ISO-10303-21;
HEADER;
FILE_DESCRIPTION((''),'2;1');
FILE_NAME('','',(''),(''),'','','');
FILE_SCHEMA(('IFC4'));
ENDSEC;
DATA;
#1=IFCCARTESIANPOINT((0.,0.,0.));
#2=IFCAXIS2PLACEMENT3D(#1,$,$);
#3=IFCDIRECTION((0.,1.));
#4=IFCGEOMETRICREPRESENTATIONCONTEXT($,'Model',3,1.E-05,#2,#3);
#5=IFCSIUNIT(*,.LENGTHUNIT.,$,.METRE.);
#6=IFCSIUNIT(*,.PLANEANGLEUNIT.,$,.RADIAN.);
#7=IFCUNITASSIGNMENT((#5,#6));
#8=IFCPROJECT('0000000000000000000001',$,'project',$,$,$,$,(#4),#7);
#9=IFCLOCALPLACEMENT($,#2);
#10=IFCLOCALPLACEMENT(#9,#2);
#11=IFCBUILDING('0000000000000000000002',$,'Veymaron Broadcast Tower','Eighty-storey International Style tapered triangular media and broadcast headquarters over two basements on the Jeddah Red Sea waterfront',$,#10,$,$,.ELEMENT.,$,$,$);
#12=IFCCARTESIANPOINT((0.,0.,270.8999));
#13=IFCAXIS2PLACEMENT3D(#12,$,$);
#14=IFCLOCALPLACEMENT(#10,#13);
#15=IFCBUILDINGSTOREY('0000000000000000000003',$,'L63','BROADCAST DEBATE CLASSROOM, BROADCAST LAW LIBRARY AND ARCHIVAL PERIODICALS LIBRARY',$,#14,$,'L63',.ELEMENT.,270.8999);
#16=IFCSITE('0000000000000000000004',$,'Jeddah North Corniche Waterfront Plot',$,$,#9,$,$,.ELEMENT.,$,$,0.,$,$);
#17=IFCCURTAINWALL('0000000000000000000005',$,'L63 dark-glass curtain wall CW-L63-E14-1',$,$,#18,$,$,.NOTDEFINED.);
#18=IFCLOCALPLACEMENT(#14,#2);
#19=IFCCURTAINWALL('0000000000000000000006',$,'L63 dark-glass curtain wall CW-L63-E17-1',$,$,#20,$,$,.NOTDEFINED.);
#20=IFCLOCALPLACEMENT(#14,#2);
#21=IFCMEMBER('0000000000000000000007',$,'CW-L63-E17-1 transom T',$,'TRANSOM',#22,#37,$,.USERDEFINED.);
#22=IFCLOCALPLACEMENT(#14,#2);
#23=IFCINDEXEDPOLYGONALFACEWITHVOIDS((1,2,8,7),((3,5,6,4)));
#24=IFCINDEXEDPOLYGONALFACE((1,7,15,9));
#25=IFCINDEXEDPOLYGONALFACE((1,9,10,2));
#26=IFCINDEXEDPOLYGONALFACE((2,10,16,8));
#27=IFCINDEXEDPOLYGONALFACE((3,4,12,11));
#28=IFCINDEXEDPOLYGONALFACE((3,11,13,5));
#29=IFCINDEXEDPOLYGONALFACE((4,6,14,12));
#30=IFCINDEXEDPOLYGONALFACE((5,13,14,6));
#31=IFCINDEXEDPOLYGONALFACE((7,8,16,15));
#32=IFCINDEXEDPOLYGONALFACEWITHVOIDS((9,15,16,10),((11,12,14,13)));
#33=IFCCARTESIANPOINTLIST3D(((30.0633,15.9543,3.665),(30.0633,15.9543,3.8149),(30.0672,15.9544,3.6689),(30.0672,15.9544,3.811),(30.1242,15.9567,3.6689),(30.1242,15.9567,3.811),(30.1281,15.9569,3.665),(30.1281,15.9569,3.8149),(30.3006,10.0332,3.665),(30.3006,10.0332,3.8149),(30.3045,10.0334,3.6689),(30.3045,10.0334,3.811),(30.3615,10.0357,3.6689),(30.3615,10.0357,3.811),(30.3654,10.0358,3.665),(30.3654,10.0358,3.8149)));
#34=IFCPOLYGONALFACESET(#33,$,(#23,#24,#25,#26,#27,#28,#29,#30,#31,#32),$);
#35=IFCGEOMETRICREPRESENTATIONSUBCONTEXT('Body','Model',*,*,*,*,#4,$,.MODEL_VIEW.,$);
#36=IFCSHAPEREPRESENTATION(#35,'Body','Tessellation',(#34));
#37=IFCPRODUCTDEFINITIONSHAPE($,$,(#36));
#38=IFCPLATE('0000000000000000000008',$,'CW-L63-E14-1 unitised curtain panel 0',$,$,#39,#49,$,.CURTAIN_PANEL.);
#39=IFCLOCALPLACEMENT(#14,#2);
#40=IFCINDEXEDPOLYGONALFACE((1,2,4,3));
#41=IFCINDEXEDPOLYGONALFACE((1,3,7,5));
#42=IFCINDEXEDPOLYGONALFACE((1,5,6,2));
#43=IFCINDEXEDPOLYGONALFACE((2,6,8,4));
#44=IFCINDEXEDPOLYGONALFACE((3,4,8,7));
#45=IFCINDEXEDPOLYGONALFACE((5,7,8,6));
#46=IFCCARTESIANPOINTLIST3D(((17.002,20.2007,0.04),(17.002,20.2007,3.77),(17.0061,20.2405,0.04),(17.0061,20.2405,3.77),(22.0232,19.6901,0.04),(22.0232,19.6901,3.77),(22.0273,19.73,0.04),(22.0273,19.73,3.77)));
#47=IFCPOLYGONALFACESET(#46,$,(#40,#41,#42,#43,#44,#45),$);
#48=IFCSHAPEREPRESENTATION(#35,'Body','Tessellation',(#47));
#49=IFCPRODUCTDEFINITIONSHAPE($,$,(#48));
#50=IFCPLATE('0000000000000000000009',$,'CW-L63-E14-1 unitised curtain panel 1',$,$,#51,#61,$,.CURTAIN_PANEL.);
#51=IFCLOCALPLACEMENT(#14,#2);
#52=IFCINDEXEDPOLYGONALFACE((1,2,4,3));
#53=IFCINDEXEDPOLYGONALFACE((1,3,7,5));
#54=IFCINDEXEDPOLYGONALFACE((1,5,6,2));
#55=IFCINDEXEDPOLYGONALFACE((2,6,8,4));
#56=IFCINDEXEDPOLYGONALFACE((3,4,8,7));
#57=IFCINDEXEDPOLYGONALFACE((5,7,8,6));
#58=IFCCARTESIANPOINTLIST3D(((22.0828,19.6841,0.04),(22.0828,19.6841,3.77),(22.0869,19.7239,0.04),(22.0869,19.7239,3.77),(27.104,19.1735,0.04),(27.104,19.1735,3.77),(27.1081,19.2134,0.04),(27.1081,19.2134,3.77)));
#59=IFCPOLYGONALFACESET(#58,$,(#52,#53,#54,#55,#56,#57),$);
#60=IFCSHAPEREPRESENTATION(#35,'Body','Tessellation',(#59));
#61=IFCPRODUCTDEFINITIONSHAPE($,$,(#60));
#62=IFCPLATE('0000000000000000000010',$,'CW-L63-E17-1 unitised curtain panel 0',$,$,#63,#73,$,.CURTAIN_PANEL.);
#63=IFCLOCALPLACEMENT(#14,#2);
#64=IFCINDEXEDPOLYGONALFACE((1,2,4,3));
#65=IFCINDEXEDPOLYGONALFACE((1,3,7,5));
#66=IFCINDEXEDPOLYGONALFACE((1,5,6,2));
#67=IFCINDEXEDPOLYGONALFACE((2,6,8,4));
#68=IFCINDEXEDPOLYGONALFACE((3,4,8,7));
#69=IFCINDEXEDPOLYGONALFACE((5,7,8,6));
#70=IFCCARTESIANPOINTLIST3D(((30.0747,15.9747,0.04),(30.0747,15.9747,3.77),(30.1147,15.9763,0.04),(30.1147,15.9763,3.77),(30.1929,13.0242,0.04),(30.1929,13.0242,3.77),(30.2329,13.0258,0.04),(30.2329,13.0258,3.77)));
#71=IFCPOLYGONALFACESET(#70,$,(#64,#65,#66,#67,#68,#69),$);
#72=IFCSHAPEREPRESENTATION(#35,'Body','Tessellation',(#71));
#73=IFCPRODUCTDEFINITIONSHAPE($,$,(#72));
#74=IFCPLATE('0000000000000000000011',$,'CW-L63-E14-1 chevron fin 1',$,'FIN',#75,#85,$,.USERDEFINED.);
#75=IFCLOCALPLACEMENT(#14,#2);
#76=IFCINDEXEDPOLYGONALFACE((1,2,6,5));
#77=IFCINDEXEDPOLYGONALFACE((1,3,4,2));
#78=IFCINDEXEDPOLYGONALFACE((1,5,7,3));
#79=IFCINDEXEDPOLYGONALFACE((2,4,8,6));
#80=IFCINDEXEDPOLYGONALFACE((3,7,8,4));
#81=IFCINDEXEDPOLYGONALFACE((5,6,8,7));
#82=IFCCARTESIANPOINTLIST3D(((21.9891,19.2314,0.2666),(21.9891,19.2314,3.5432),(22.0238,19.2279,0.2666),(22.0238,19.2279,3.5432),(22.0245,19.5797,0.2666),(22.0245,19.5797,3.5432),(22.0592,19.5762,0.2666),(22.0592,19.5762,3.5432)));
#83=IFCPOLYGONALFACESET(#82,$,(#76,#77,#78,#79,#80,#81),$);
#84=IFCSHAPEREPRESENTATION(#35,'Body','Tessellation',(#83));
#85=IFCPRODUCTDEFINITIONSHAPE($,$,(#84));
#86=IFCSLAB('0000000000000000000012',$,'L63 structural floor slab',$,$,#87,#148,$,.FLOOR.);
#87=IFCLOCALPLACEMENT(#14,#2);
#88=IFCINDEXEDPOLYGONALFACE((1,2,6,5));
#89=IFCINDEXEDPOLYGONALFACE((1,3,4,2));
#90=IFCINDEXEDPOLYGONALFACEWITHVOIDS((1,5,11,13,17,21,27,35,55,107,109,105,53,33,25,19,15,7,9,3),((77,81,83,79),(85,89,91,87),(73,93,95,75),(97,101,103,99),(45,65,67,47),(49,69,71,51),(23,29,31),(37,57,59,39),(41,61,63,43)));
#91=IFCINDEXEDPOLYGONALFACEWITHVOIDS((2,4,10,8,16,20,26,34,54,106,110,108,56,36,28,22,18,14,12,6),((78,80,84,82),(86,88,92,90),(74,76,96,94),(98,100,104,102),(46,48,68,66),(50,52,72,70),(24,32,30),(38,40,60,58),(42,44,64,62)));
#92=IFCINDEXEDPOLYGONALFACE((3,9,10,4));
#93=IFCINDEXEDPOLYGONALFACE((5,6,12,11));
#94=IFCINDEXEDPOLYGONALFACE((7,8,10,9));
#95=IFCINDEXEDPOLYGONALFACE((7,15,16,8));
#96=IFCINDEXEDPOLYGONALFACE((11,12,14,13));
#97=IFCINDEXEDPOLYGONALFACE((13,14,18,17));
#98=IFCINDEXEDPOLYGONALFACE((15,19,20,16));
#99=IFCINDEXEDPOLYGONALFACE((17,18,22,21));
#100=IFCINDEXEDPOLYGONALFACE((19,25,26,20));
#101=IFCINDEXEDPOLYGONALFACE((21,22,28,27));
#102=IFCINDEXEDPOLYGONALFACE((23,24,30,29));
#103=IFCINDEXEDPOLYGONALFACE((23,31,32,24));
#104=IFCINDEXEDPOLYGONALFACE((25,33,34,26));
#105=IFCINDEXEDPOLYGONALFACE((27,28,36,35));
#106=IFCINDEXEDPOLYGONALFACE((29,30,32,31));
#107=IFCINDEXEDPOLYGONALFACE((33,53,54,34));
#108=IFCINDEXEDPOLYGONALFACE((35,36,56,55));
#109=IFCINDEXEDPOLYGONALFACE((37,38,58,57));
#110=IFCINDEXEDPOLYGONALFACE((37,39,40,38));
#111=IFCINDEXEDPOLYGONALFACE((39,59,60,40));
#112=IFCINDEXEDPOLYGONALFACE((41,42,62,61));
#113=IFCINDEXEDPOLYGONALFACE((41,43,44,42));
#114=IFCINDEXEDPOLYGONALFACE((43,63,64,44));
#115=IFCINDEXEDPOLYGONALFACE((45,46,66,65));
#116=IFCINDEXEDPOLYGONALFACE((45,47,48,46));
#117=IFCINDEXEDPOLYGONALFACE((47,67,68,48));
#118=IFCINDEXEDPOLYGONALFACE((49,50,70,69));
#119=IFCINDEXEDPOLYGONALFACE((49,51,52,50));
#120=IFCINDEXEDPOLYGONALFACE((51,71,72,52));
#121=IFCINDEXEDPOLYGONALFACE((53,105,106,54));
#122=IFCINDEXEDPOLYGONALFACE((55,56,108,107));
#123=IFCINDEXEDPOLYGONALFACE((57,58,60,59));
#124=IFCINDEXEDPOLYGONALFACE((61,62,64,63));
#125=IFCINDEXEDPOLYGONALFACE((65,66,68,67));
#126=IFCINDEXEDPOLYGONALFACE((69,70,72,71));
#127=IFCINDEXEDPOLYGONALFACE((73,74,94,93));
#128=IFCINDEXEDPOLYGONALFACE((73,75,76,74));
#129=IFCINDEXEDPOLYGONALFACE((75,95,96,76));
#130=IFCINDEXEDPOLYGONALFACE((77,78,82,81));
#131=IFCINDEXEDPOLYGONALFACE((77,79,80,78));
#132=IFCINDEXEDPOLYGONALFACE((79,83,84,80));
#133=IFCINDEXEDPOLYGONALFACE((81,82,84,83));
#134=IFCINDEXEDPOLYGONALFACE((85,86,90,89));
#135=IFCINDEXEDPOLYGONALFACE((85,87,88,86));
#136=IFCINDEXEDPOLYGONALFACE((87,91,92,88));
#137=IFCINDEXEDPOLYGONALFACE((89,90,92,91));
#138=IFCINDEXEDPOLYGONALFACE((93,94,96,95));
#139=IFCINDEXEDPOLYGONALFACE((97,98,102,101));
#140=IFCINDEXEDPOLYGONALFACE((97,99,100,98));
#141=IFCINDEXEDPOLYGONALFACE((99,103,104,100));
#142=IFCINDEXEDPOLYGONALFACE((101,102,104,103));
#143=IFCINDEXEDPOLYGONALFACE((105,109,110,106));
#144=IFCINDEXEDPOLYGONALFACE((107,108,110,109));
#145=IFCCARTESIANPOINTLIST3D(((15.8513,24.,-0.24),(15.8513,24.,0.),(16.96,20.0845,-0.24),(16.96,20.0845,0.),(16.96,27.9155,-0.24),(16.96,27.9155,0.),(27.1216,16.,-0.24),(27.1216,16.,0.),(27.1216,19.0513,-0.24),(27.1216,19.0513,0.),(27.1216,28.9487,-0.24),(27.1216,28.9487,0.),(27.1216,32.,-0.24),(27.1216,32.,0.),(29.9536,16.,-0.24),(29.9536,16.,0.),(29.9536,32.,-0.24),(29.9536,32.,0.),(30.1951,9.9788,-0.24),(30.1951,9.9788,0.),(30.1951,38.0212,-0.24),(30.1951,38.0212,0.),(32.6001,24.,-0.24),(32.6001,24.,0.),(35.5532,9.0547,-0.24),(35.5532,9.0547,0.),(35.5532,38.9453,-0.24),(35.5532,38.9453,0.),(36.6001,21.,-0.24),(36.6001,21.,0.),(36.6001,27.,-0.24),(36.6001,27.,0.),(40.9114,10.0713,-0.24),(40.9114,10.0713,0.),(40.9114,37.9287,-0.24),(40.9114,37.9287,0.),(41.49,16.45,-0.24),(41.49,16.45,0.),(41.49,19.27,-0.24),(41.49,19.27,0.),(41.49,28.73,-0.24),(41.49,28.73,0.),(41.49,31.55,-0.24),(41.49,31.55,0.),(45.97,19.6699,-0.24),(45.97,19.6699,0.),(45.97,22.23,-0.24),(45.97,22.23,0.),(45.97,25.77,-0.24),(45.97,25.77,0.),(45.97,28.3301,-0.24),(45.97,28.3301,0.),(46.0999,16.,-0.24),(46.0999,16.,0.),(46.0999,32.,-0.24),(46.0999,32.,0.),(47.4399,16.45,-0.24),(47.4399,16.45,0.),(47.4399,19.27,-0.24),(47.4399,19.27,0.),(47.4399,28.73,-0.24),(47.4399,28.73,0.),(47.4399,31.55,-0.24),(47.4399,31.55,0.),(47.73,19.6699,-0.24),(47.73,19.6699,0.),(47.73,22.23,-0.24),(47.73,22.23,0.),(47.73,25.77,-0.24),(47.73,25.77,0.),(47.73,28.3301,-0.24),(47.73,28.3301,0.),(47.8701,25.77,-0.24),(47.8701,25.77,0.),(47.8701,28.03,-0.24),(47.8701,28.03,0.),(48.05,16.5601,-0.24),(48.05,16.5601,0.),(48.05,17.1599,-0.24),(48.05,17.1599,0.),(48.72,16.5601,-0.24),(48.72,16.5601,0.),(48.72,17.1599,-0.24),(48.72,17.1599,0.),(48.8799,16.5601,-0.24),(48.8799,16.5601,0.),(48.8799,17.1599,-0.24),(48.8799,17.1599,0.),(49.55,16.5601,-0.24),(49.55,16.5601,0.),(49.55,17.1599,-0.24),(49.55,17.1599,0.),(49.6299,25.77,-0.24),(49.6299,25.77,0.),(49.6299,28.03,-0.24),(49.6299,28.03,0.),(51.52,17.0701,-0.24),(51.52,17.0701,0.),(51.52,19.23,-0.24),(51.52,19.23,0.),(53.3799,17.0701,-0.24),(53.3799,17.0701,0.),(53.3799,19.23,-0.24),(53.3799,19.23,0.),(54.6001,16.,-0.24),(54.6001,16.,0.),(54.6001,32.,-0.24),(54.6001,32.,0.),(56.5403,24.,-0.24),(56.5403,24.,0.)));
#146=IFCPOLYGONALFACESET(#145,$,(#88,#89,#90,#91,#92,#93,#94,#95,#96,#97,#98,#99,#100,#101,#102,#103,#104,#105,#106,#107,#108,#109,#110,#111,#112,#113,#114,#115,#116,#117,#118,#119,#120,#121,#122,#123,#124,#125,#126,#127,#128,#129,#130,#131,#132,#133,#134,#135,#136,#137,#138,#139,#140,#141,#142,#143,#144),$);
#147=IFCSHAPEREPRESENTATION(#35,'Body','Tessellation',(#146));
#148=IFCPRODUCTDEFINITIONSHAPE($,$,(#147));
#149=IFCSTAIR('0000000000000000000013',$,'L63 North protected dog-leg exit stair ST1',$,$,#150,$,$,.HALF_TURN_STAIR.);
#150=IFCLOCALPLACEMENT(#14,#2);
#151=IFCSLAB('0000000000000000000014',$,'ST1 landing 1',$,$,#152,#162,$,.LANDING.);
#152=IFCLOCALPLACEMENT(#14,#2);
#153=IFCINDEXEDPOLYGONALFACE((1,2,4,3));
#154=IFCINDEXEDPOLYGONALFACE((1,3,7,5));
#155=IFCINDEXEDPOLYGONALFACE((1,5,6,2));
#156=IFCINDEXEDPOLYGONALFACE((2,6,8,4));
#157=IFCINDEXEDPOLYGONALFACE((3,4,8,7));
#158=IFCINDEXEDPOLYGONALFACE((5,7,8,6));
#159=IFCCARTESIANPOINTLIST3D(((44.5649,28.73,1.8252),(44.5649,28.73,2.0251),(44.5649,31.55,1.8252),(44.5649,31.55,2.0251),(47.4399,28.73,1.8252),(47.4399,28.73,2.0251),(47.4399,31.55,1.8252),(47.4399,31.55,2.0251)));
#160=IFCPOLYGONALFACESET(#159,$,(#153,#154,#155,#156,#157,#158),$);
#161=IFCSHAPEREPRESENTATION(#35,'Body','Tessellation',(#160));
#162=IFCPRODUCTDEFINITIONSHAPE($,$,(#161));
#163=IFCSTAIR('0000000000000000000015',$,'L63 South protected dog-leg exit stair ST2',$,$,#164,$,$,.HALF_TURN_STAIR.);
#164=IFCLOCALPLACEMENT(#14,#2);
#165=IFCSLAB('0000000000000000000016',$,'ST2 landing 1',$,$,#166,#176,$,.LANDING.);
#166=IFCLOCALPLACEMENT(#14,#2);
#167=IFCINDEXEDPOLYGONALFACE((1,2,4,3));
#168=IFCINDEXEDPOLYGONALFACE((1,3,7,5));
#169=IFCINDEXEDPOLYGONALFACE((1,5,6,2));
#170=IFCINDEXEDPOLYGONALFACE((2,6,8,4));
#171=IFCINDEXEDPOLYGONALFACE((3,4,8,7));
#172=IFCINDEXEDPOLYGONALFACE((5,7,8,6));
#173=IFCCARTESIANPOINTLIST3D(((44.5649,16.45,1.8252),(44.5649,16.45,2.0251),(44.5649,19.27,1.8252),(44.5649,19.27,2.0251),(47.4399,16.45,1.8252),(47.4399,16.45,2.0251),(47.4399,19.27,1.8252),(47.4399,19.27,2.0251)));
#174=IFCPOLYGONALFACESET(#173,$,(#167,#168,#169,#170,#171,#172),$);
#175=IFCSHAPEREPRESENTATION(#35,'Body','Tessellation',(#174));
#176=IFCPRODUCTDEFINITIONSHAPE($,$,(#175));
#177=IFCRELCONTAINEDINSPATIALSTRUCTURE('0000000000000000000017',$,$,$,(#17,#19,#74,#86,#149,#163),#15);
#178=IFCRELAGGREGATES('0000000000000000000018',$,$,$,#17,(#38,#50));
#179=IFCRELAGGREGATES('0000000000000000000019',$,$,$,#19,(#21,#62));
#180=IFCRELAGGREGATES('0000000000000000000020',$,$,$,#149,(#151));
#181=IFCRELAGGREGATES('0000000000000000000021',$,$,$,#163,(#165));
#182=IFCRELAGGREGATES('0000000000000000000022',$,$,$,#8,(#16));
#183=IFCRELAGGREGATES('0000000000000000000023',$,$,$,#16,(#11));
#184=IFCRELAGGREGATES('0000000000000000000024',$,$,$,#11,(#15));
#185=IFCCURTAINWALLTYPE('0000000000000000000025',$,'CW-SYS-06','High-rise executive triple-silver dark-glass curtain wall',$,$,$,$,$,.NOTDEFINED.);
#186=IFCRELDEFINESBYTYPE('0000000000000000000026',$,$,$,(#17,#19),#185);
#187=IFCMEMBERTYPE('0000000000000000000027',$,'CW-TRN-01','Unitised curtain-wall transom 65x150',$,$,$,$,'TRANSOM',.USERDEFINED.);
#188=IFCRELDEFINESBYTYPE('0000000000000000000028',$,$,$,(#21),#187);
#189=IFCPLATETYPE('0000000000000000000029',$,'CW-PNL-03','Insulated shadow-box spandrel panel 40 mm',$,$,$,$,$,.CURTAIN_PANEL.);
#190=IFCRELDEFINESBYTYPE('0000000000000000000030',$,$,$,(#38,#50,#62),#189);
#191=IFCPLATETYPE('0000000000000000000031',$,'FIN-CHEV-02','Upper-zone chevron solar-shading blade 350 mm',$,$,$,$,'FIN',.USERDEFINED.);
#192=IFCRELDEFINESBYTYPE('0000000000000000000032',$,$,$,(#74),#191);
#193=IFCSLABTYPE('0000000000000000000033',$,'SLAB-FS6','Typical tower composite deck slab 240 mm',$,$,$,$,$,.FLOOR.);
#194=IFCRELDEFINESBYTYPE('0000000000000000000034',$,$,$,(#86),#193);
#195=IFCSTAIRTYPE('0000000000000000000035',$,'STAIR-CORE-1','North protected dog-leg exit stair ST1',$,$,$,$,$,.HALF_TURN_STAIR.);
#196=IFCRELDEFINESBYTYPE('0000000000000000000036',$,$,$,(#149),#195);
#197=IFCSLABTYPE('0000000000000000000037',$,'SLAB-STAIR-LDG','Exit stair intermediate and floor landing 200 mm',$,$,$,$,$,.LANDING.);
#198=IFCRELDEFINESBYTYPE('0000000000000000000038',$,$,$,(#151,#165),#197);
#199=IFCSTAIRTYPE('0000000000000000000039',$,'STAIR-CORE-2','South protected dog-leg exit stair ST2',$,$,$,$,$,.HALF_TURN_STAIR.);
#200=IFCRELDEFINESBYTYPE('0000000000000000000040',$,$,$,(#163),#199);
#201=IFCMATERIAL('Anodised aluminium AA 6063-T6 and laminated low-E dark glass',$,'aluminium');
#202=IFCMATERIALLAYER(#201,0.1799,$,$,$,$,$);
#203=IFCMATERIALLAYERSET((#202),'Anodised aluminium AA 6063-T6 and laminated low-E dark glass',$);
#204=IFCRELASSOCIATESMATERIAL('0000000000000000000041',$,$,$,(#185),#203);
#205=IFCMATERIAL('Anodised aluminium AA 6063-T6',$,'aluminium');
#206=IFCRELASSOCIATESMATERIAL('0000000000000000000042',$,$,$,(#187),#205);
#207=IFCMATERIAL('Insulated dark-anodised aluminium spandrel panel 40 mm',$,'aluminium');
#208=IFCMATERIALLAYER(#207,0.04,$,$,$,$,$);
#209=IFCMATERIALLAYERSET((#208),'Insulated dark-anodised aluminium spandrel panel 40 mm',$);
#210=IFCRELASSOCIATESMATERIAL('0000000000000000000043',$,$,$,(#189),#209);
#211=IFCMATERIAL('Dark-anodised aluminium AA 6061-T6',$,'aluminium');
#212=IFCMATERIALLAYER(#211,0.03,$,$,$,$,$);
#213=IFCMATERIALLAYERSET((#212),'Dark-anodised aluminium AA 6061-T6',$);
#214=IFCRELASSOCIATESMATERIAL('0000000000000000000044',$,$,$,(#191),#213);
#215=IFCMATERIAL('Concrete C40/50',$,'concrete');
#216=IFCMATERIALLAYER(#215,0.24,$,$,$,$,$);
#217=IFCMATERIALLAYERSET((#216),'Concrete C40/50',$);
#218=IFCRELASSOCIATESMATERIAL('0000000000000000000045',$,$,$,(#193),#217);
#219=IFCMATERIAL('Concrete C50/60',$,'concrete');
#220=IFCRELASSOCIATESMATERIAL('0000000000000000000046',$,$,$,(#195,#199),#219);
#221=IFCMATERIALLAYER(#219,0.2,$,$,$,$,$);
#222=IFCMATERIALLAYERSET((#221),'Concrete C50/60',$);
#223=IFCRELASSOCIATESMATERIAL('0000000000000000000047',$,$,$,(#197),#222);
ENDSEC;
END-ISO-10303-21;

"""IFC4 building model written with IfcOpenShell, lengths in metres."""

from ifc_helpers import new_model, si_unit, direction, frame, origin, origin_2d, place, context, subcontext, project, spatial, polyline, rectangle, hollow_rectangle, outline, extrude, material, layer, layer_set, material_profile, profile_set, type_object, element, aggregate, save


model = new_model("IFC4")

# Units and contexts
model_context = context("Model", 3, precision=1e-05, world=origin(), true_north=direction((0.0, 1.0)))
body_context = subcontext(model_context, "Body", "Model", "MODEL_VIEW")
ifc_project = project(units=[si_unit("LENGTHUNIT", "METRE"), si_unit("PLANEANGLEUNIT", "RADIAN")], contexts=[model_context])

# Site, building, storey
site_placement = place(None, origin())
site = spatial("IfcSite", under=ifc_project, at=site_placement, Name="Jeddah North Corniche Waterfront Plot", CompositionType="ELEMENT", RefElevation=0.0)
building_placement = place(site_placement, origin())
building = spatial("IfcBuilding", under=site, at=building_placement, Name="Veymaron Broadcast Tower", Description="Eighty-storey International Style tapered triangular media and broadcast headquarters over two basements on the Jeddah Red Sea waterfront", CompositionType="ELEMENT")
storey_placement = place(building_placement, frame((0.0, 0.0, 270.8999)))
storey = spatial("IfcBuildingStorey", under=building, at=storey_placement, Name="L63", Description="BROADCAST DEBATE CLASSROOM, BROADCAST LAW LIBRARY AND ARCHIVAL PERIODICALS LIBRARY", LongName="L63", CompositionType="ELEMENT", Elevation=270.8999)

# Curtain walls
ifc_material_1 = material(Name="Anodised aluminium AA 6063-T6 and laminated low-E dark glass", Category="aluminium")
ifc_layer_1 = layer(ifc_material_1, 0.1799)
ifc_layer_set_1 = layer_set([ifc_layer_1], Name="Anodised aluminium AA 6063-T6 and laminated low-E dark glass")
curtain_wall_type = type_object("IfcCurtainWallType", Name="CW-SYS-06", Description="High-rise executive triple-silver dark-glass curtain wall", PredefinedType="NOTDEFINED", material=ifc_layer_set_1)
curtain_wall_1_placement = place(storey_placement, origin())
curtain_wall_1 = element("IfcCurtainWall", 1, at=curtain_wall_1_placement, inside=storey, type_object=curtain_wall_type, Name="L63 dark-glass curtain wall CW-L63-E14-1", PredefinedType="NOTDEFINED")
ifc_material_2 = material(Name="Anodised aluminium AA 6063-T6", Category="aluminium")
curtain_wall_2_placement = place(storey_placement, origin())
curtain_wall_2 = element("IfcCurtainWall", 2, at=curtain_wall_2_placement, inside=storey, type_object=curtain_wall_type, Name="L63 dark-glass curtain wall CW-L63-E17-1", PredefinedType="NOTDEFINED")

# Member
ifc_material_profile_1 = material_profile(ifc_material_2, hollow_rectangle(XDim=0.0649, YDim=0.1499, WallThickness=0.0039, at=origin_2d()), Name="AL150X65X4")
ifc_profile_set_1 = profile_set([ifc_material_profile_1], Name="Anodised aluminium AA 6063-T6")
member_type_1 = type_object("IfcMemberType", Name="CW-TRN-01", Description="Unitised curtain-wall transom 65x150", ElementType="TRANSOM", PredefinedType="USERDEFINED", material=ifc_profile_set_1)
member_1_placement = place(storey_placement, frame((30.0957, 15.9556, 3.74), z_axis=(0.040045, -0.999198, 0.0), x_axis=(0.999198, 0.040045, 0.0)))
member_1 = element("IfcMember", 3, at=member_1_placement, type_object=member_type_1, Name="CW-L63-E17-1 transom T", ObjectType="TRANSOM", PredefinedType="USERDEFINED", context=body_context, shape_type="SweptSolid", body=[
    extrude(hollow_rectangle(XDim=0.0649, YDim=0.1499, WallThickness=0.0039, at=origin_2d()), origin(), (0.0, 0.0, 1.0), 5.9258),
])

# Plates
ifc_material_3 = material(Name="Insulated dark-anodised aluminium spandrel panel 40 mm", Category="aluminium")
ifc_layer_2 = layer(ifc_material_3, 0.04)
ifc_layer_set_2 = layer_set([ifc_layer_2], Name="Insulated dark-anodised aluminium spandrel panel 40 mm")
plate_type_1 = type_object("IfcPlateType", Name="CW-PNL-03", Description="Insulated shadow-box spandrel panel 40 mm", PredefinedType="CURTAIN_PANEL", material=ifc_layer_set_2)
plate_1_placement = place(storey_placement, frame((19.5146, 19.9653, 0.04), z_axis=(0.0, 0.0, 1.0), x_axis=(0.99487, -0.10116, 0.0)))
plate_1 = element("IfcPlate", 4, at=plate_1_placement, type_object=plate_type_1, Name="CW-L63-E14-1 unitised curtain panel 0", PredefinedType="CURTAIN_PANEL", context=body_context, shape_type="SweptSolid", body=[
    extrude(rectangle(XDim=5.0471, YDim=0.04, at=origin_2d()), origin(), (0.0, 0.0, 1.0), 3.73),
])
plate_2_placement = place(storey_placement, frame((24.5955, 19.4487, 0.04), z_axis=(0.0, 0.0, 1.0), x_axis=(0.99487, -0.10116, 0.0)))
plate_2 = element("IfcPlate", 5, at=plate_2_placement, type_object=plate_type_1, Name="CW-L63-E14-1 unitised curtain panel 1", PredefinedType="CURTAIN_PANEL", context=body_context, shape_type="SweptSolid", body=[
    extrude(rectangle(XDim=5.0471, YDim=0.04, at=origin_2d()), origin(), (0.0, 0.0, 1.0), 3.73),
])
aggregate(curtain_wall_1, [plate_1, plate_2])
plate_3_placement = place(storey_placement, frame((30.1538, 14.5002, 0.04), z_axis=(0.0, 0.0, 1.0), x_axis=(0.040045, -0.999198, 0.0)))
plate_3 = element("IfcPlate", 6, at=plate_3_placement, type_object=plate_type_1, Name="CW-L63-E17-1 unitised curtain panel 0", PredefinedType="CURTAIN_PANEL", context=body_context, shape_type="SweptSolid", body=[
    extrude(rectangle(XDim=2.9529, YDim=0.04, at=origin_2d()), origin(), (0.0, 0.0, 1.0), 3.73),
])
aggregate(curtain_wall_2, [member_1, plate_3])
ifc_material_4 = material(Name="Dark-anodised aluminium AA 6061-T6", Category="aluminium")
ifc_layer_3 = layer(ifc_material_4, 0.03)
ifc_layer_set_3 = layer_set([ifc_layer_3], Name="Dark-anodised aluminium AA 6061-T6")
plate_type_2 = type_object("IfcPlateType", Name="FIN-CHEV-02", Description="Upper-zone chevron solar-shading blade 350 mm", ElementType="FIN", PredefinedType="USERDEFINED", material=ifc_layer_set_3)
plate_4_placement = place(storey_placement, frame((22.0242, 19.4038, 0.2666), z_axis=(0.0, 0.0, 1.0), x_axis=(-0.10116, -0.99487, 0.0)))
element("IfcPlate", 7, at=plate_4_placement, inside=storey, type_object=plate_type_2, Name="CW-L63-E14-1 chevron fin 1", ObjectType="FIN", PredefinedType="USERDEFINED", context=body_context, shape_type="SweptSolid", body=[
    extrude(rectangle(XDim=0.3501, YDim=0.0349, at=origin_2d()), origin(), (0.0, 0.0, 1.0), 3.2766),
])

# Slab
ifc_material_5 = material(Name="Concrete C40/50", Category="concrete")
ifc_layer_4 = layer(ifc_material_5, 0.24)
ifc_layer_set_4 = layer_set([ifc_layer_4], Name="Concrete C40/50")
slab_type_1 = type_object("IfcSlabType", Name="SLAB-FS6", Description="Typical tower composite deck slab 240 mm", PredefinedType="FLOOR", material=ifc_layer_set_4)
slab_1_placement = place(storey_placement, frame((0.0, 0.0, -0.24)))
element("IfcSlab", 8, at=slab_1_placement, inside=storey, type_object=slab_type_1, Name="L63 structural floor slab", PredefinedType="FLOOR", context=body_context, shape_type="SweptSolid", body=[
    extrude(outline(polyline([(46.0999, 16.0), (54.6001, 16.0), (56.5403, 24.0), (54.6001, 32.0), (46.0999, 32.0), (40.9114, 37.9287), (35.5532, 38.9453), (30.1951, 38.0212), (29.9536, 32.0), (27.1216, 32.0), (27.1216, 28.9487), (16.96, 27.9155), (15.8513, 24.0), (16.96, 20.0845), (27.1216, 19.0513), (27.1216, 16.0), (29.9536, 16.0), (30.1951, 9.9788), (35.5532, 9.0547), (40.9114, 10.0713), (46.0999, 16.0)]), holes=[polyline([(45.97, 28.3301), (47.73, 28.3301), (47.73, 25.77), (45.97, 25.77), (45.97, 28.3301)]), polyline([(45.97, 22.23), (47.73, 22.23), (47.73, 19.6699), (45.97, 19.6699), (45.97, 22.23)]), polyline([(47.8701, 28.03), (49.6299, 28.03), (49.6299, 25.77), (47.8701, 25.77), (47.8701, 28.03)]), polyline([(51.52, 19.23), (53.3799, 19.23), (53.3799, 17.0701), (51.52, 17.0701), (51.52, 19.23)]), polyline([(48.05, 17.1599), (48.72, 17.1599), (48.72, 16.5601), (48.05, 16.5601), (48.05, 17.1599)]), polyline([(48.8799, 17.1599), (49.55, 17.1599), (49.55, 16.5601), (48.8799, 16.5601), (48.8799, 17.1599)]), polyline([(36.6001, 27.0), (36.6001, 21.0), (32.6001, 24.0), (36.6001, 27.0)]), polyline([(41.49, 31.55), (47.4399, 31.55), (47.4399, 28.73), (41.49, 28.73), (41.49, 31.55)]), polyline([(41.49, 19.27), (47.4399, 19.27), (47.4399, 16.45), (41.49, 16.45), (41.49, 19.27)])]), origin(), (0.0, 0.0, 1.0), 0.24),
])

# Stairs, slabs
ifc_material_6 = material(Name="Concrete C50/60", Category="concrete")
stair_type_1 = type_object("IfcStairType", Name="STAIR-CORE-1", Description="North protected dog-leg exit stair ST1", PredefinedType="HALF_TURN_STAIR", material=ifc_material_6)
stair_1_placement = place(storey_placement, origin())
stair_1 = element("IfcStair", 9, at=stair_1_placement, inside=storey, type_object=stair_type_1, Name="L63 North protected dog-leg exit stair ST1", PredefinedType="HALF_TURN_STAIR")
ifc_layer_5 = layer(ifc_material_6, 0.2)
ifc_layer_set_5 = layer_set([ifc_layer_5], Name="Concrete C50/60")
slab_type_2 = type_object("IfcSlabType", Name="SLAB-STAIR-LDG", Description="Exit stair intermediate and floor landing 200 mm", PredefinedType="LANDING", material=ifc_layer_set_5)
slab_2_placement = place(storey_placement, frame((0.0, 0.0, 1.8252)))
slab_2 = element("IfcSlab", 10, at=slab_2_placement, type_object=slab_type_2, Name="ST1 landing 1", PredefinedType="LANDING", context=body_context, shape_type="SweptSolid", body=[
    extrude(outline(polyline([(44.5649, 28.73), (47.4399, 28.73), (47.4399, 31.55), (44.5649, 31.55), (44.5649, 28.73)])), origin(), (0.0, 0.0, 1.0), 0.2),
])
aggregate(stair_1, [slab_2])
stair_type_2 = type_object("IfcStairType", Name="STAIR-CORE-2", Description="South protected dog-leg exit stair ST2", PredefinedType="HALF_TURN_STAIR", material=ifc_material_6)
stair_2_placement = place(storey_placement, origin())
stair_2 = element("IfcStair", 11, at=stair_2_placement, inside=storey, type_object=stair_type_2, Name="L63 South protected dog-leg exit stair ST2", PredefinedType="HALF_TURN_STAIR")
slab_3_placement = place(storey_placement, frame((0.0, 0.0, 1.8252)))
slab_3 = element("IfcSlab", 12, at=slab_3_placement, type_object=slab_type_2, Name="ST2 landing 1", PredefinedType="LANDING", context=body_context, shape_type="SweptSolid", body=[
    extrude(outline(polyline([(44.5649, 16.45), (47.4399, 16.45), (47.4399, 19.27), (44.5649, 19.27), (44.5649, 16.45)])), origin(), (0.0, 0.0, 1.0), 0.2),
])
aggregate(stair_2, [slab_3])

save(model, "model.ifc")
